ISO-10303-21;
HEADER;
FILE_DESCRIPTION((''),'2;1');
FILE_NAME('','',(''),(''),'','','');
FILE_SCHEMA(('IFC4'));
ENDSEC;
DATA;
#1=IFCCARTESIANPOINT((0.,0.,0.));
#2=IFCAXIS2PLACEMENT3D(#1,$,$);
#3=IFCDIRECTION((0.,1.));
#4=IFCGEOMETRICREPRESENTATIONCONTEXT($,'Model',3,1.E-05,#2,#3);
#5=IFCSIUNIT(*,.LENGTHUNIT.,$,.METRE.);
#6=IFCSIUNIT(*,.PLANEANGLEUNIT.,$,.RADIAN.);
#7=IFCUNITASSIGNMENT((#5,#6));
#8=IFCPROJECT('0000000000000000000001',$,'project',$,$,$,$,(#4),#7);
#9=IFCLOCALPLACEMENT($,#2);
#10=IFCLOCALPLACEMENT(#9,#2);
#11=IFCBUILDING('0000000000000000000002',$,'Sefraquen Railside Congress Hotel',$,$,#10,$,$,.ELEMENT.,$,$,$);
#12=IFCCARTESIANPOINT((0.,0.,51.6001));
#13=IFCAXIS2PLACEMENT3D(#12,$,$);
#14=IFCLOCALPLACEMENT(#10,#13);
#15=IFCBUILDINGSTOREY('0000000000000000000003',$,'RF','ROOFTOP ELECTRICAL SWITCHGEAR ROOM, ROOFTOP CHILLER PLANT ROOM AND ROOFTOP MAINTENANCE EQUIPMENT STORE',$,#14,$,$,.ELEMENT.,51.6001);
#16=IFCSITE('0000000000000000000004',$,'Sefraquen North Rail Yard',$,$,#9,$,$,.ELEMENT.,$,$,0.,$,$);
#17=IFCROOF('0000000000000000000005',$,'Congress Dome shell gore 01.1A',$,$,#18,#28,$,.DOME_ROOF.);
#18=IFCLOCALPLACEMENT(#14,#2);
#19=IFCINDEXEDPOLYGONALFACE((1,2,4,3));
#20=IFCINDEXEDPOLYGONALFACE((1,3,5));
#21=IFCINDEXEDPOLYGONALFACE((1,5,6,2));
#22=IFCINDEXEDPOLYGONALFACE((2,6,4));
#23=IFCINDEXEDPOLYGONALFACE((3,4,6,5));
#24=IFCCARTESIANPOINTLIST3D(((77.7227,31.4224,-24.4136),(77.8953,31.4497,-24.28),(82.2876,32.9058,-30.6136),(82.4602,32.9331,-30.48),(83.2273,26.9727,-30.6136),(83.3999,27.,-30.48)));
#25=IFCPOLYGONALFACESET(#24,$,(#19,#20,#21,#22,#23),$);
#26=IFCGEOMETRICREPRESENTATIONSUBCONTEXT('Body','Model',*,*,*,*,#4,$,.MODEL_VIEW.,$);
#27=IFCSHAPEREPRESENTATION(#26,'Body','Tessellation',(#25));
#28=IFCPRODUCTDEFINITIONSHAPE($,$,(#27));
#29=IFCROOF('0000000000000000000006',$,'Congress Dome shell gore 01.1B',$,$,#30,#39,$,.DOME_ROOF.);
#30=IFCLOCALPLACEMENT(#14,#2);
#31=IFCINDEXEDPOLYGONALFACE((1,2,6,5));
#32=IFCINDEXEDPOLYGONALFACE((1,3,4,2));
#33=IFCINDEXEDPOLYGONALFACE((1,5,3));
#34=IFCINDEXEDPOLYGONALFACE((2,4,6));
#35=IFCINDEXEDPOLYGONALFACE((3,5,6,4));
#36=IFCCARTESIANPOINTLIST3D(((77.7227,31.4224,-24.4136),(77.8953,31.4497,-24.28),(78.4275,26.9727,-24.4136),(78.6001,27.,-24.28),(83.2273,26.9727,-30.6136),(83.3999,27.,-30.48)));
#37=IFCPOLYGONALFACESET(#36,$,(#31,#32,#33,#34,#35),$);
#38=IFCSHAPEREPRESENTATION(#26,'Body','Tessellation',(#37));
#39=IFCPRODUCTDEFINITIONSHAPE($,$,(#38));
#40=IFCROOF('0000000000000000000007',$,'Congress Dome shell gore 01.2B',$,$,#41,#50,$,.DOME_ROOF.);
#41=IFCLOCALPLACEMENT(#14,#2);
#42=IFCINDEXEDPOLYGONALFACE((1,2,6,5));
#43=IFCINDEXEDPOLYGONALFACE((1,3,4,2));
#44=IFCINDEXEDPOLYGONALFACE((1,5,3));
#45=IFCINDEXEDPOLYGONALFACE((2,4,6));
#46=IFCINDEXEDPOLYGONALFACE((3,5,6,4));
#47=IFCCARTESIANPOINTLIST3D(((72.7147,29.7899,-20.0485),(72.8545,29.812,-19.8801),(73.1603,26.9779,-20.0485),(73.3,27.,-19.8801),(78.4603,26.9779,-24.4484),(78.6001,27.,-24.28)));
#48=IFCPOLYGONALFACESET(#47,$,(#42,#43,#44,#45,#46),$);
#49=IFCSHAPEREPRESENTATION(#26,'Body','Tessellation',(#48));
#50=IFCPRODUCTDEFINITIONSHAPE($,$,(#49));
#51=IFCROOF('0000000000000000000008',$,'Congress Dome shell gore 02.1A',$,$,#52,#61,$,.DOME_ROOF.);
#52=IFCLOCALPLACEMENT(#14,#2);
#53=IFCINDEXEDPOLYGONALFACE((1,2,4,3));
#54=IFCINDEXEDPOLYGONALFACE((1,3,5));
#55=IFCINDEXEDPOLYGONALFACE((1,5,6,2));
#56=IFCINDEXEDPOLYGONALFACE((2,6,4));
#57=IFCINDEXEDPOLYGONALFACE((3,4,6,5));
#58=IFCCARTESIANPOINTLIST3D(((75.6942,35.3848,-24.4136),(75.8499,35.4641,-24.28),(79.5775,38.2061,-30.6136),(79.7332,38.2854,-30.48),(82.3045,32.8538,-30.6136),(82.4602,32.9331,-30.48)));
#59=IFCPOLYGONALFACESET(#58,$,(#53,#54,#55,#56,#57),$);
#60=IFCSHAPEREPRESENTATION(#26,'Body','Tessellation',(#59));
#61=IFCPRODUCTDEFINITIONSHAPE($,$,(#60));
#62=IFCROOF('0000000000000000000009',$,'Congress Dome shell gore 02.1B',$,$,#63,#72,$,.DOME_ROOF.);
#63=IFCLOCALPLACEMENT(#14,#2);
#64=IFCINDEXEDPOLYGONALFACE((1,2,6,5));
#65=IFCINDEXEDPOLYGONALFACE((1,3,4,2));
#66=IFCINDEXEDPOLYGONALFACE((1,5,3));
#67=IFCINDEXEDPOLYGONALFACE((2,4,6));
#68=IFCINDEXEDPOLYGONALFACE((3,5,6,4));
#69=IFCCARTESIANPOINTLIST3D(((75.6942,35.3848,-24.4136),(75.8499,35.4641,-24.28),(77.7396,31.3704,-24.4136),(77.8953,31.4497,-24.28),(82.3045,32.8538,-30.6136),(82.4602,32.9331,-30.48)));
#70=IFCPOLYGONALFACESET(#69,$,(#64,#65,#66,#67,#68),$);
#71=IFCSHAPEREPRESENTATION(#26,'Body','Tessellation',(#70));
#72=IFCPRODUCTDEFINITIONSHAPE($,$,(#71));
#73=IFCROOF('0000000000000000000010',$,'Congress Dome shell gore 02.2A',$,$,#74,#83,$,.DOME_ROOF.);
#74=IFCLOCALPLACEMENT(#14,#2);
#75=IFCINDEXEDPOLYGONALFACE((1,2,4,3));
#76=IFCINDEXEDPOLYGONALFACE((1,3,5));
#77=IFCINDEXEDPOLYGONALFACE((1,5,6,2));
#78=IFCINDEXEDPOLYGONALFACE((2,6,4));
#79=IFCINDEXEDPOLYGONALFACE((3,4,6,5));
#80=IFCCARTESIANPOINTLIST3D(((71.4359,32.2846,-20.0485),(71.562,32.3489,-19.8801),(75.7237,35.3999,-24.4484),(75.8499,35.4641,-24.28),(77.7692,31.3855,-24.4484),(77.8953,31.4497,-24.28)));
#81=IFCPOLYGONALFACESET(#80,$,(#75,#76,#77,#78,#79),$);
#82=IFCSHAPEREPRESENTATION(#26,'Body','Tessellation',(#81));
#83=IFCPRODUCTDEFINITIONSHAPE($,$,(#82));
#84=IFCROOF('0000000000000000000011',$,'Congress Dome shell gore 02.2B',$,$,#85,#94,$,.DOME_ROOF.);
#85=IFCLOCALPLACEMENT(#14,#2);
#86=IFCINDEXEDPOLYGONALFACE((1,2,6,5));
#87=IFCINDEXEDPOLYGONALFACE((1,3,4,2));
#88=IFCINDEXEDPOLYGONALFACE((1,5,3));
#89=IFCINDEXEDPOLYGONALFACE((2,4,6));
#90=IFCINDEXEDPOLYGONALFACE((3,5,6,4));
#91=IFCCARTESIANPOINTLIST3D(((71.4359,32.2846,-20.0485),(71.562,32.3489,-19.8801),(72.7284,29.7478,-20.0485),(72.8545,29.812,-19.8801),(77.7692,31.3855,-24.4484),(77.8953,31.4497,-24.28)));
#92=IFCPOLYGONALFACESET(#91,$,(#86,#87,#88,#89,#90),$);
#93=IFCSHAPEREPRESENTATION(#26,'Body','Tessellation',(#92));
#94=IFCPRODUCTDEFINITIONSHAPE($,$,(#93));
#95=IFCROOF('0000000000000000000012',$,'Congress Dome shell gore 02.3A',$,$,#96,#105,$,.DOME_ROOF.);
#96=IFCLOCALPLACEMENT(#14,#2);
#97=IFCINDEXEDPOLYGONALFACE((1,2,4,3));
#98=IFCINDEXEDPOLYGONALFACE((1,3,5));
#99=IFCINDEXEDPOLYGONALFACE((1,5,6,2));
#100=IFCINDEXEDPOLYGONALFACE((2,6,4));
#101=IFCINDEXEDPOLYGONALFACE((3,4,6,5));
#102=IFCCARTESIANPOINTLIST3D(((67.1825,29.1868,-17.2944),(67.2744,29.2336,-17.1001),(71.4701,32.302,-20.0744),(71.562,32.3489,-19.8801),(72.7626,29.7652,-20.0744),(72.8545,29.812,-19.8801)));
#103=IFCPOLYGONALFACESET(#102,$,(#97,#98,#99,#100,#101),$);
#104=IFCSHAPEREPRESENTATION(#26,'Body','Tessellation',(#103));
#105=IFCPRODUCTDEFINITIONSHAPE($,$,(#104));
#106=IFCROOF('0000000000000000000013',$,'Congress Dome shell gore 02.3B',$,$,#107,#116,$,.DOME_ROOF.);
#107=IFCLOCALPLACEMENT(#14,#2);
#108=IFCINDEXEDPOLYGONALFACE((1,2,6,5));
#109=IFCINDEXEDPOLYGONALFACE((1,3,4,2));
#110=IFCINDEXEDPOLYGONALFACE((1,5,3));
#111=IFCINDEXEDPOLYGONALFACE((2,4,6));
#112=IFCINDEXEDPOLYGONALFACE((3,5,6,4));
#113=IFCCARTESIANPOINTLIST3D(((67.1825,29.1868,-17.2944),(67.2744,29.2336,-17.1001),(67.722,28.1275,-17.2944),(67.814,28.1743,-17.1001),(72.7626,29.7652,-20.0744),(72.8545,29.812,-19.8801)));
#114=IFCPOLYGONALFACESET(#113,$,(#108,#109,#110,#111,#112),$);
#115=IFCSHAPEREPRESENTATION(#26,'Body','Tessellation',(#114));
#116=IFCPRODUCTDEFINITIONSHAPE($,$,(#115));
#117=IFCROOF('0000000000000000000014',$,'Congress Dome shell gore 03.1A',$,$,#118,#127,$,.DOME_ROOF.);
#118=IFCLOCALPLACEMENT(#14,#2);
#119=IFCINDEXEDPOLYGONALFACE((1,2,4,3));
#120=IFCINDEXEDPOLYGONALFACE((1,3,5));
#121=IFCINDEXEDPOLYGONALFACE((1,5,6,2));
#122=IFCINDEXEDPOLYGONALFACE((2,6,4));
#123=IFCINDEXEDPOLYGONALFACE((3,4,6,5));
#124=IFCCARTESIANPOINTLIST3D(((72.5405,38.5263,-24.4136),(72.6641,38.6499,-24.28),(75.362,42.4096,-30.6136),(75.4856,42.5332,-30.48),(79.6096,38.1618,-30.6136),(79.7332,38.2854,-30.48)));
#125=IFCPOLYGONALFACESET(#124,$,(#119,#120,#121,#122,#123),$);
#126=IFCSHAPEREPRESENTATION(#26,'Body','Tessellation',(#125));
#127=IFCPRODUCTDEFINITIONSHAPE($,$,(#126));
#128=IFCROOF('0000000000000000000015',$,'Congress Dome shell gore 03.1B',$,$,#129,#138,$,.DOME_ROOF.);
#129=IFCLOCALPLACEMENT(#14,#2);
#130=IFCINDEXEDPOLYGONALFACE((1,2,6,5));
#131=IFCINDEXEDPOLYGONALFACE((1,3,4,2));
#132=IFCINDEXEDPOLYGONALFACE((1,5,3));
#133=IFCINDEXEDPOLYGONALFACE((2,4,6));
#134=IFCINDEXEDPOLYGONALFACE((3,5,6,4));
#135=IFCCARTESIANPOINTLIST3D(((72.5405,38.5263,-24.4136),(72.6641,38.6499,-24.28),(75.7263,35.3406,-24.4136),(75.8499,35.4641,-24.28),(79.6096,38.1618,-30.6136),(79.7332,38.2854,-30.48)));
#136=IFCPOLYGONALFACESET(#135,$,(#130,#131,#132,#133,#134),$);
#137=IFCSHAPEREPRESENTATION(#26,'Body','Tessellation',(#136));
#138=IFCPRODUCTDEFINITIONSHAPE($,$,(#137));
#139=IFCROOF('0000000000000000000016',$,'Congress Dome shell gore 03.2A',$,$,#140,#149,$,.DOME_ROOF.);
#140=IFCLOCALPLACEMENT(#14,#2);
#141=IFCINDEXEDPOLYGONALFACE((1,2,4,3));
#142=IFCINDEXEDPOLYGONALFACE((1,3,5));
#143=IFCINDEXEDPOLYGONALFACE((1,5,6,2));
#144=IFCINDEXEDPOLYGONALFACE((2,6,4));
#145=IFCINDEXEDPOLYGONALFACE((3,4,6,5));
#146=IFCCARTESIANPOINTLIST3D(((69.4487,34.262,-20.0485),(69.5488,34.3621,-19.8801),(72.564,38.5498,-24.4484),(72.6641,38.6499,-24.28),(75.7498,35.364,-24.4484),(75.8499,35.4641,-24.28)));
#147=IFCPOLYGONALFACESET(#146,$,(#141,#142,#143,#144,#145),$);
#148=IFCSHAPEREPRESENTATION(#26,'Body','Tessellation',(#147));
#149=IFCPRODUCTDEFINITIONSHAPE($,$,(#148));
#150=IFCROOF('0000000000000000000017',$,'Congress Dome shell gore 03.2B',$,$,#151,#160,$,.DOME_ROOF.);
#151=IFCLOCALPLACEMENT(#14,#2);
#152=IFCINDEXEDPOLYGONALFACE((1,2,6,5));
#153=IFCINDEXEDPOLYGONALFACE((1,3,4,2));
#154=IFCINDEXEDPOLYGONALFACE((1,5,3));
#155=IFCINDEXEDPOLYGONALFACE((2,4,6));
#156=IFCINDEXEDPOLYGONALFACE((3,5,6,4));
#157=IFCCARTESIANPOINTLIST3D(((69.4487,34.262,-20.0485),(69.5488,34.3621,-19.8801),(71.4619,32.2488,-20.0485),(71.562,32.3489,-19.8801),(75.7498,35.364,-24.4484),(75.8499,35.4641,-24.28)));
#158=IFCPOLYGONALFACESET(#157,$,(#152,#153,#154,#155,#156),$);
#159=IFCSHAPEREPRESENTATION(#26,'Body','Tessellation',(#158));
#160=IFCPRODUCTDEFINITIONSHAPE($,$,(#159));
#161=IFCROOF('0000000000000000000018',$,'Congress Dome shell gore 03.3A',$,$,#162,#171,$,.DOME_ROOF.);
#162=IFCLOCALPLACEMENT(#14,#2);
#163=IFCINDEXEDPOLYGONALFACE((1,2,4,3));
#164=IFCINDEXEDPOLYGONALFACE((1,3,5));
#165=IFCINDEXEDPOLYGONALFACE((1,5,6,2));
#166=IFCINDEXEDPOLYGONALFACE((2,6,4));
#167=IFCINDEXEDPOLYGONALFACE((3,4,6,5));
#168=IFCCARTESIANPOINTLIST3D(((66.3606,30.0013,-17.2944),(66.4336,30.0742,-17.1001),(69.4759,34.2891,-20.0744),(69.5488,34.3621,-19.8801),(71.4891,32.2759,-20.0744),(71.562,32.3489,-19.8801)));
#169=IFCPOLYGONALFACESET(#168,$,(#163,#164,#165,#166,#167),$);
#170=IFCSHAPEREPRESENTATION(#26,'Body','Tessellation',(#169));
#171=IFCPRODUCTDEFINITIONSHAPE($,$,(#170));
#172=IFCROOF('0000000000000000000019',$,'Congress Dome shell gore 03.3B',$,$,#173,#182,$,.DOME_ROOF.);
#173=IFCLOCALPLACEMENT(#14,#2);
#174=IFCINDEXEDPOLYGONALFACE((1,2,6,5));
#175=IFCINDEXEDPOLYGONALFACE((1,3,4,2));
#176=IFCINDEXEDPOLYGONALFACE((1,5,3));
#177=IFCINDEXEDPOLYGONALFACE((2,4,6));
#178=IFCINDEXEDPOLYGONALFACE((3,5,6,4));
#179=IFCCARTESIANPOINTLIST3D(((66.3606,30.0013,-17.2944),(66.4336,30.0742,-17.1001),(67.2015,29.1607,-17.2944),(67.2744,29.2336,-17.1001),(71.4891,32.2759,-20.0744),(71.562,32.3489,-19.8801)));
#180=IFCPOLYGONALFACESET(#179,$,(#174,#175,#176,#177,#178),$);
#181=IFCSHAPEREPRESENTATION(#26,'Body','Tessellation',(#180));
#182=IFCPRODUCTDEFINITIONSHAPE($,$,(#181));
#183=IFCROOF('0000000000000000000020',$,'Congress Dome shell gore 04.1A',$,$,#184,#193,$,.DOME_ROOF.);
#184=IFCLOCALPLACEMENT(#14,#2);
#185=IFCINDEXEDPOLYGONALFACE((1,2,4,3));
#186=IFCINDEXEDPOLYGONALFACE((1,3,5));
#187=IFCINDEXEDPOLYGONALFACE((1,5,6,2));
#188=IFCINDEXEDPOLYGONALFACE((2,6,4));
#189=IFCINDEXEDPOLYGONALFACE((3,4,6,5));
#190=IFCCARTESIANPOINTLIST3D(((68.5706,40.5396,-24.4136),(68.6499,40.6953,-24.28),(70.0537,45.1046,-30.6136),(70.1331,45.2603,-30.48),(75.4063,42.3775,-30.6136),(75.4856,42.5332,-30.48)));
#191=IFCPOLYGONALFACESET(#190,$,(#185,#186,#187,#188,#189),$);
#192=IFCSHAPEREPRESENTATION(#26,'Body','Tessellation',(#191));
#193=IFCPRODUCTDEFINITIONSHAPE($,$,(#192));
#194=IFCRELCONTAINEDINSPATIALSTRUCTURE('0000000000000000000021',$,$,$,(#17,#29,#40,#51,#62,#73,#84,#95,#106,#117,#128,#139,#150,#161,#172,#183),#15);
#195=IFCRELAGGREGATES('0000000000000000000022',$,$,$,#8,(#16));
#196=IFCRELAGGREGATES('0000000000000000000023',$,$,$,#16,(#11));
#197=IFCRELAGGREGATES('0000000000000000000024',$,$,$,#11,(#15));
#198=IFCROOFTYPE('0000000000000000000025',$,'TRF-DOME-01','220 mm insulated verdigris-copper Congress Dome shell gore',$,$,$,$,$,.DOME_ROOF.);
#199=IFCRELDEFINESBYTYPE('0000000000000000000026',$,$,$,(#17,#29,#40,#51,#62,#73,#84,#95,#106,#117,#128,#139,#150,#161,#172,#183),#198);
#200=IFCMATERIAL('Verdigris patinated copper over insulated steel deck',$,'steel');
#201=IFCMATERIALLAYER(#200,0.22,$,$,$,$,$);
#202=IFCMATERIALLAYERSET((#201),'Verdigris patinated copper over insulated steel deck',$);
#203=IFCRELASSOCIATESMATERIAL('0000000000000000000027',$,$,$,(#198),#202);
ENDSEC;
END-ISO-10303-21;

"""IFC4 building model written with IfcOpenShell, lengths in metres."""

from ifc_helpers import new_model, si_unit, direction, frame, origin, place, context, subcontext, project, spatial, polyline, outline, extrude, material, layer, layer_set, type_object, element, save


model = new_model("IFC4")

# Units and contexts
model_context = context("Model", 3, precision=1e-05, world=origin(), true_north=direction((0.0, 1.0)))
body_context = subcontext(model_context, "Body", "Model", "MODEL_VIEW")
ifc_project = project(units=[si_unit("LENGTHUNIT", "METRE"), si_unit("PLANEANGLEUNIT", "RADIAN")], contexts=[model_context])

# Site, building, storey
site_placement = place(None, origin())
site = spatial("IfcSite", under=ifc_project, at=site_placement, Name="Sefraquen North Rail Yard", CompositionType="ELEMENT", RefElevation=0.0)
building_placement = place(site_placement, origin())
building = spatial("IfcBuilding", under=site, at=building_placement, Name="Sefraquen Railside Congress Hotel", CompositionType="ELEMENT")
storey_placement = place(building_placement, frame((0.0, 0.0, 51.6001)))
storey = spatial("IfcBuildingStorey", under=building, at=storey_placement, Name="RF", Description="ROOFTOP ELECTRICAL SWITCHGEAR ROOM, ROOFTOP CHILLER PLANT ROOM AND ROOFTOP MAINTENANCE EQUIPMENT STORE", CompositionType="ELEMENT", Elevation=51.6001)

# Roofs
ifc_material = material(Name="Verdigris patinated copper over insulated steel deck", Category="steel")
ifc_layer = layer(ifc_material, 0.22)
ifc_layer_set = layer_set([ifc_layer], Name="Verdigris patinated copper over insulated steel deck")
roof_type = type_object("IfcRoofType", Name="TRF-DOME-01", Description="220 mm insulated verdigris-copper Congress Dome shell gore", PredefinedType="DOME_ROOF", material=ifc_layer_set)
roof_1_placement = place(storey_placement, frame((83.3999, 27.0, -30.48), z_axis=(0.784599, 0.124266, 0.607422), x_axis=(-0.156432, 0.987689, 0.0)))
element("IfcRoof", 1, at=roof_1_placement, inside=storey, type_object=roof_type, Name="Congress Dome shell gore 01.1A", PredefinedType="DOME_ROOF", context=body_context, shape_type="SweptSolid", body=[
    extrude(outline(polyline([(0.0, 0.0), (6.0071, 0.0), (5.256, 7.8048), (0.0, 0.0)])), origin(), (0.0, 0.0, -1.0), 0.22),
])
roof_2_placement = place(storey_placement, frame((83.3999, 27.0, -30.48), z_axis=(0.784603, 0.124281, 0.607415), x_axis=(-0.585003, 0.472891, 0.658897)))
element("IfcRoof", 2, at=roof_2_placement, inside=storey, type_object=roof_type, Name="Congress Dome shell gore 01.1B", PredefinedType="DOME_ROOF", context=body_context, shape_type="SweptSolid", body=[
    extrude(outline(polyline([(0.0, 0.0), (9.4096, 0.0), (6.893, 3.7368), (0.0, 0.0)])), origin(), (0.0, 0.0, -1.0), 0.22),
])
roof_3_placement = place(storey_placement, frame((78.6001, 27.0, -24.28), z_axis=(0.635497, 0.100693, 0.765509), x_axis=(-0.740039, 0.362189, 0.566711)))
element("IfcRoof", 3, at=roof_3_placement, inside=storey, type_object=roof_type, Name="Congress Dome shell gore 01.2B", PredefinedType="DOME_ROOF", context=body_context, shape_type="SweptSolid", body=[
    extrude(outline(polyline([(0.0, 0.0), (7.7639, 0.0), (6.4157, 2.5076), (0.0, 0.0)])), origin(), (0.0, 0.0, -1.0), 0.22),
])
roof_4_placement = place(storey_placement, frame((82.4602, 32.9331, -30.48), z_axis=(0.707797, 0.36063, 0.607429), x_axis=(-0.45398, 0.891012, 0.0)))
element("IfcRoof", 4, at=roof_4_placement, inside=storey, type_object=roof_type, Name="Congress Dome shell gore 02.1A", PredefinedType="DOME_ROOF", context=body_context, shape_type="SweptSolid", body=[
    extrude(outline(polyline([(0.0, 0.0), (6.007, 0.0), (5.2561, 7.8048), (0.0, 0.0)])), origin(), (0.0, 0.0, -1.0), 0.22),
])
roof_5_placement = place(storey_placement, frame((82.4602, 32.9331, -30.48), z_axis=(0.707796, 0.360635, 0.607426), x_axis=(-0.702505, 0.268979, 0.658891)))
element("IfcRoof", 5, at=roof_5_placement, inside=storey, type_object=roof_type, Name="Congress Dome shell gore 02.1B", PredefinedType="DOME_ROOF", context=body_context, shape_type="SweptSolid", body=[
    extrude(outline(polyline([(0.0, 0.0), (9.4097, 0.0), (6.893, 3.737), (0.0, 0.0)])), origin(), (0.0, 0.0, -1.0), 0.22),
])
roof_6_placement = place(storey_placement, frame((77.8953, 31.4497, -24.28), z_axis=(0.573296, 0.292104, 0.765511), x_axis=(-0.453985, 0.891009, 0.0)))
element("IfcRoof", 6, at=roof_6_placement, inside=storey, type_object=roof_type, Name="Congress Dome shell gore 02.2A", PredefinedType="DOME_ROOF", context=body_context, shape_type="SweptSolid", body=[
    extrude(outline(polyline([(0.0, 0.0), (4.5055, 0.0), (3.6764, 6.8383), (0.0, 0.0)])), origin(), (0.0, 0.0, -1.0), 0.22),
])
roof_7_placement = place(storey_placement, frame((77.8953, 31.4497, -24.28), z_axis=(0.573297, 0.292083, 0.765518), x_axis=(-0.815734, 0.115815, 0.566715)))
element("IfcRoof", 7, at=roof_7_placement, inside=storey, type_object=roof_type, Name="Congress Dome shell gore 02.2B", PredefinedType="DOME_ROOF", context=body_context, shape_type="SweptSolid", body=[
    extrude(outline(polyline([(0.0, 0.0), (7.7639, 0.0), (6.4157, 2.5077), (0.0, 0.0)])), origin(), (0.0, 0.0, -1.0), 0.22),
])
roof_8_placement = place(storey_placement, frame((72.8545, 29.812, -19.8801), z_axis=(0.417932, 0.212928, 0.883173), x_axis=(-0.453958, 0.891023, 0.0)))
element("IfcRoof", 8, at=roof_8_placement, inside=storey, type_object=roof_type, Name="Congress Dome shell gore 02.3A", PredefinedType="DOME_ROOF", context=body_context, shape_type="SweptSolid", body=[
    extrude(outline(polyline([(0.0, 0.0), (2.8471, 0.0), (2.0178, 5.927), (0.0, 0.0)])), origin(), (0.0, 0.0, -1.0), 0.22),
])
roof_9_placement = place(storey_placement, frame((72.8545, 29.812, -19.8801), z_axis=(0.417942, 0.212872, 0.883181), x_axis=(-0.891241, -0.092376, 0.444022)))
element("IfcRoof", 9, at=roof_9_placement, inside=storey, type_object=roof_type, Name="Congress Dome shell gore 02.3B", PredefinedType="DOME_ROOF", context=body_context, shape_type="SweptSolid", body=[
    extrude(outline(polyline([(0.0, 0.0), (6.261, 0.0), (5.878, 1.1254), (0.0, 0.0)])), origin(), (0.0, 0.0, -1.0), 0.22),
])
roof_10_placement = place(storey_placement, frame((79.7332, 38.2854, -30.48), z_axis=(0.561718, 0.561685, 0.60744), x_axis=(-0.707086, 0.707127, 0.0)))
element("IfcRoof", 10, at=roof_10_placement, inside=storey, type_object=roof_type, Name="Congress Dome shell gore 03.1A", PredefinedType="DOME_ROOF", context=body_context, shape_type="SweptSolid", body=[
    extrude(outline(polyline([(0.0, 0.0), (6.0071, 0.0), (5.2562, 7.8049), (0.0, 0.0)])), origin(), (0.0, 0.0, -1.0), 0.22),
])
roof_11_placement = place(storey_placement, frame((79.7332, 38.2854, -30.48), z_axis=(0.561708, 0.561708, 0.607428), x_axis=(-0.751248, 0.038736, 0.658882)))
element("IfcRoof", 11, at=roof_11_placement, inside=storey, type_object=roof_type, Name="Congress Dome shell gore 03.1B", PredefinedType="DOME_ROOF", context=body_context, shape_type="SweptSolid", body=[
    extrude(outline(polyline([(0.0, 0.0), (9.4098, 0.0), (6.8931, 3.7369), (0.0, 0.0)])), origin(), (0.0, 0.0, -1.0), 0.22),
])
roof_12_placement = place(storey_placement, frame((75.8499, 35.4641, -24.28), z_axis=(0.454969, 0.454969, 0.76551), x_axis=(-0.707107, 0.707107, 0.0)))
element("IfcRoof", 12, at=roof_12_placement, inside=storey, type_object=roof_type, Name="Congress Dome shell gore 03.2A", PredefinedType="DOME_ROOF", context=body_context, shape_type="SweptSolid", body=[
    extrude(outline(polyline([(0.0, 0.0), (4.5054, 0.0), (3.6762, 6.8383), (0.0, 0.0)])), origin(), (0.0, 0.0, -1.0), 0.22),
])
roof_13_placement = place(storey_placement, frame((75.8499, 35.4641, -24.28), z_axis=(0.454969, 0.454969, 0.76551), x_axis=(-0.81159, -0.141947, 0.56672)))
element("IfcRoof", 13, at=roof_13_placement, inside=storey, type_object=roof_type, Name="Congress Dome shell gore 03.2B", PredefinedType="DOME_ROOF", context=body_context, shape_type="SweptSolid", body=[
    extrude(outline(polyline([(0.0, 0.0), (7.7638, 0.0), (6.4157, 2.5077), (0.0, 0.0)])), origin(), (0.0, 0.0, -1.0), 0.22),
])
roof_14_placement = place(storey_placement, frame((71.562, 32.3489, -19.8801), z_axis=(0.331655, 0.331655, 0.883181), x_axis=(-0.707107, 0.707107, 0.0)))
element("IfcRoof", 14, at=roof_14_placement, inside=storey, type_object=roof_type, Name="Congress Dome shell gore 03.3A", PredefinedType="DOME_ROOF", context=body_context, shape_type="SweptSolid", body=[
    extrude(outline(polyline([(0.0, 0.0), (2.8471, 0.0), (2.0179, 5.9272), (0.0, 0.0)])), origin(), (0.0, 0.0, -1.0), 0.22),
])
roof_15_placement = place(storey_placement, frame((71.562, 32.3489, -19.8801), z_axis=(0.331622, 0.331718, 0.883171), x_axis=(-0.819072, -0.363291, 0.444005)))
element("IfcRoof", 15, at=roof_15_placement, inside=storey, type_object=roof_type, Name="Congress Dome shell gore 03.3B", PredefinedType="DOME_ROOF", context=body_context, shape_type="SweptSolid", body=[
    extrude(outline(polyline([(0.0, 0.0), (6.2613, 0.0), (5.8779, 1.1254), (0.0, 0.0)])), origin(), (0.0, 0.0, -1.0), 0.22),
])
roof_16_placement = place(storey_placement, frame((75.4856, 42.5332, -30.48), z_axis=(0.36062, 0.70781, 0.607419), x_axis=(-0.89102, 0.453964, 0.0)))
element("IfcRoof", 16, at=roof_16_placement, inside=storey, type_object=roof_type, Name="Congress Dome shell gore 04.1A", PredefinedType="DOME_ROOF", context=body_context, shape_type="SweptSolid", body=[
    extrude(outline(polyline([(0.0, 0.0), (6.0072, 0.0), (5.2564, 7.8048), (0.0, 0.0)])), origin(), (0.0, 0.0, -1.0), 0.22),
])

save(model, "model.ifc")
